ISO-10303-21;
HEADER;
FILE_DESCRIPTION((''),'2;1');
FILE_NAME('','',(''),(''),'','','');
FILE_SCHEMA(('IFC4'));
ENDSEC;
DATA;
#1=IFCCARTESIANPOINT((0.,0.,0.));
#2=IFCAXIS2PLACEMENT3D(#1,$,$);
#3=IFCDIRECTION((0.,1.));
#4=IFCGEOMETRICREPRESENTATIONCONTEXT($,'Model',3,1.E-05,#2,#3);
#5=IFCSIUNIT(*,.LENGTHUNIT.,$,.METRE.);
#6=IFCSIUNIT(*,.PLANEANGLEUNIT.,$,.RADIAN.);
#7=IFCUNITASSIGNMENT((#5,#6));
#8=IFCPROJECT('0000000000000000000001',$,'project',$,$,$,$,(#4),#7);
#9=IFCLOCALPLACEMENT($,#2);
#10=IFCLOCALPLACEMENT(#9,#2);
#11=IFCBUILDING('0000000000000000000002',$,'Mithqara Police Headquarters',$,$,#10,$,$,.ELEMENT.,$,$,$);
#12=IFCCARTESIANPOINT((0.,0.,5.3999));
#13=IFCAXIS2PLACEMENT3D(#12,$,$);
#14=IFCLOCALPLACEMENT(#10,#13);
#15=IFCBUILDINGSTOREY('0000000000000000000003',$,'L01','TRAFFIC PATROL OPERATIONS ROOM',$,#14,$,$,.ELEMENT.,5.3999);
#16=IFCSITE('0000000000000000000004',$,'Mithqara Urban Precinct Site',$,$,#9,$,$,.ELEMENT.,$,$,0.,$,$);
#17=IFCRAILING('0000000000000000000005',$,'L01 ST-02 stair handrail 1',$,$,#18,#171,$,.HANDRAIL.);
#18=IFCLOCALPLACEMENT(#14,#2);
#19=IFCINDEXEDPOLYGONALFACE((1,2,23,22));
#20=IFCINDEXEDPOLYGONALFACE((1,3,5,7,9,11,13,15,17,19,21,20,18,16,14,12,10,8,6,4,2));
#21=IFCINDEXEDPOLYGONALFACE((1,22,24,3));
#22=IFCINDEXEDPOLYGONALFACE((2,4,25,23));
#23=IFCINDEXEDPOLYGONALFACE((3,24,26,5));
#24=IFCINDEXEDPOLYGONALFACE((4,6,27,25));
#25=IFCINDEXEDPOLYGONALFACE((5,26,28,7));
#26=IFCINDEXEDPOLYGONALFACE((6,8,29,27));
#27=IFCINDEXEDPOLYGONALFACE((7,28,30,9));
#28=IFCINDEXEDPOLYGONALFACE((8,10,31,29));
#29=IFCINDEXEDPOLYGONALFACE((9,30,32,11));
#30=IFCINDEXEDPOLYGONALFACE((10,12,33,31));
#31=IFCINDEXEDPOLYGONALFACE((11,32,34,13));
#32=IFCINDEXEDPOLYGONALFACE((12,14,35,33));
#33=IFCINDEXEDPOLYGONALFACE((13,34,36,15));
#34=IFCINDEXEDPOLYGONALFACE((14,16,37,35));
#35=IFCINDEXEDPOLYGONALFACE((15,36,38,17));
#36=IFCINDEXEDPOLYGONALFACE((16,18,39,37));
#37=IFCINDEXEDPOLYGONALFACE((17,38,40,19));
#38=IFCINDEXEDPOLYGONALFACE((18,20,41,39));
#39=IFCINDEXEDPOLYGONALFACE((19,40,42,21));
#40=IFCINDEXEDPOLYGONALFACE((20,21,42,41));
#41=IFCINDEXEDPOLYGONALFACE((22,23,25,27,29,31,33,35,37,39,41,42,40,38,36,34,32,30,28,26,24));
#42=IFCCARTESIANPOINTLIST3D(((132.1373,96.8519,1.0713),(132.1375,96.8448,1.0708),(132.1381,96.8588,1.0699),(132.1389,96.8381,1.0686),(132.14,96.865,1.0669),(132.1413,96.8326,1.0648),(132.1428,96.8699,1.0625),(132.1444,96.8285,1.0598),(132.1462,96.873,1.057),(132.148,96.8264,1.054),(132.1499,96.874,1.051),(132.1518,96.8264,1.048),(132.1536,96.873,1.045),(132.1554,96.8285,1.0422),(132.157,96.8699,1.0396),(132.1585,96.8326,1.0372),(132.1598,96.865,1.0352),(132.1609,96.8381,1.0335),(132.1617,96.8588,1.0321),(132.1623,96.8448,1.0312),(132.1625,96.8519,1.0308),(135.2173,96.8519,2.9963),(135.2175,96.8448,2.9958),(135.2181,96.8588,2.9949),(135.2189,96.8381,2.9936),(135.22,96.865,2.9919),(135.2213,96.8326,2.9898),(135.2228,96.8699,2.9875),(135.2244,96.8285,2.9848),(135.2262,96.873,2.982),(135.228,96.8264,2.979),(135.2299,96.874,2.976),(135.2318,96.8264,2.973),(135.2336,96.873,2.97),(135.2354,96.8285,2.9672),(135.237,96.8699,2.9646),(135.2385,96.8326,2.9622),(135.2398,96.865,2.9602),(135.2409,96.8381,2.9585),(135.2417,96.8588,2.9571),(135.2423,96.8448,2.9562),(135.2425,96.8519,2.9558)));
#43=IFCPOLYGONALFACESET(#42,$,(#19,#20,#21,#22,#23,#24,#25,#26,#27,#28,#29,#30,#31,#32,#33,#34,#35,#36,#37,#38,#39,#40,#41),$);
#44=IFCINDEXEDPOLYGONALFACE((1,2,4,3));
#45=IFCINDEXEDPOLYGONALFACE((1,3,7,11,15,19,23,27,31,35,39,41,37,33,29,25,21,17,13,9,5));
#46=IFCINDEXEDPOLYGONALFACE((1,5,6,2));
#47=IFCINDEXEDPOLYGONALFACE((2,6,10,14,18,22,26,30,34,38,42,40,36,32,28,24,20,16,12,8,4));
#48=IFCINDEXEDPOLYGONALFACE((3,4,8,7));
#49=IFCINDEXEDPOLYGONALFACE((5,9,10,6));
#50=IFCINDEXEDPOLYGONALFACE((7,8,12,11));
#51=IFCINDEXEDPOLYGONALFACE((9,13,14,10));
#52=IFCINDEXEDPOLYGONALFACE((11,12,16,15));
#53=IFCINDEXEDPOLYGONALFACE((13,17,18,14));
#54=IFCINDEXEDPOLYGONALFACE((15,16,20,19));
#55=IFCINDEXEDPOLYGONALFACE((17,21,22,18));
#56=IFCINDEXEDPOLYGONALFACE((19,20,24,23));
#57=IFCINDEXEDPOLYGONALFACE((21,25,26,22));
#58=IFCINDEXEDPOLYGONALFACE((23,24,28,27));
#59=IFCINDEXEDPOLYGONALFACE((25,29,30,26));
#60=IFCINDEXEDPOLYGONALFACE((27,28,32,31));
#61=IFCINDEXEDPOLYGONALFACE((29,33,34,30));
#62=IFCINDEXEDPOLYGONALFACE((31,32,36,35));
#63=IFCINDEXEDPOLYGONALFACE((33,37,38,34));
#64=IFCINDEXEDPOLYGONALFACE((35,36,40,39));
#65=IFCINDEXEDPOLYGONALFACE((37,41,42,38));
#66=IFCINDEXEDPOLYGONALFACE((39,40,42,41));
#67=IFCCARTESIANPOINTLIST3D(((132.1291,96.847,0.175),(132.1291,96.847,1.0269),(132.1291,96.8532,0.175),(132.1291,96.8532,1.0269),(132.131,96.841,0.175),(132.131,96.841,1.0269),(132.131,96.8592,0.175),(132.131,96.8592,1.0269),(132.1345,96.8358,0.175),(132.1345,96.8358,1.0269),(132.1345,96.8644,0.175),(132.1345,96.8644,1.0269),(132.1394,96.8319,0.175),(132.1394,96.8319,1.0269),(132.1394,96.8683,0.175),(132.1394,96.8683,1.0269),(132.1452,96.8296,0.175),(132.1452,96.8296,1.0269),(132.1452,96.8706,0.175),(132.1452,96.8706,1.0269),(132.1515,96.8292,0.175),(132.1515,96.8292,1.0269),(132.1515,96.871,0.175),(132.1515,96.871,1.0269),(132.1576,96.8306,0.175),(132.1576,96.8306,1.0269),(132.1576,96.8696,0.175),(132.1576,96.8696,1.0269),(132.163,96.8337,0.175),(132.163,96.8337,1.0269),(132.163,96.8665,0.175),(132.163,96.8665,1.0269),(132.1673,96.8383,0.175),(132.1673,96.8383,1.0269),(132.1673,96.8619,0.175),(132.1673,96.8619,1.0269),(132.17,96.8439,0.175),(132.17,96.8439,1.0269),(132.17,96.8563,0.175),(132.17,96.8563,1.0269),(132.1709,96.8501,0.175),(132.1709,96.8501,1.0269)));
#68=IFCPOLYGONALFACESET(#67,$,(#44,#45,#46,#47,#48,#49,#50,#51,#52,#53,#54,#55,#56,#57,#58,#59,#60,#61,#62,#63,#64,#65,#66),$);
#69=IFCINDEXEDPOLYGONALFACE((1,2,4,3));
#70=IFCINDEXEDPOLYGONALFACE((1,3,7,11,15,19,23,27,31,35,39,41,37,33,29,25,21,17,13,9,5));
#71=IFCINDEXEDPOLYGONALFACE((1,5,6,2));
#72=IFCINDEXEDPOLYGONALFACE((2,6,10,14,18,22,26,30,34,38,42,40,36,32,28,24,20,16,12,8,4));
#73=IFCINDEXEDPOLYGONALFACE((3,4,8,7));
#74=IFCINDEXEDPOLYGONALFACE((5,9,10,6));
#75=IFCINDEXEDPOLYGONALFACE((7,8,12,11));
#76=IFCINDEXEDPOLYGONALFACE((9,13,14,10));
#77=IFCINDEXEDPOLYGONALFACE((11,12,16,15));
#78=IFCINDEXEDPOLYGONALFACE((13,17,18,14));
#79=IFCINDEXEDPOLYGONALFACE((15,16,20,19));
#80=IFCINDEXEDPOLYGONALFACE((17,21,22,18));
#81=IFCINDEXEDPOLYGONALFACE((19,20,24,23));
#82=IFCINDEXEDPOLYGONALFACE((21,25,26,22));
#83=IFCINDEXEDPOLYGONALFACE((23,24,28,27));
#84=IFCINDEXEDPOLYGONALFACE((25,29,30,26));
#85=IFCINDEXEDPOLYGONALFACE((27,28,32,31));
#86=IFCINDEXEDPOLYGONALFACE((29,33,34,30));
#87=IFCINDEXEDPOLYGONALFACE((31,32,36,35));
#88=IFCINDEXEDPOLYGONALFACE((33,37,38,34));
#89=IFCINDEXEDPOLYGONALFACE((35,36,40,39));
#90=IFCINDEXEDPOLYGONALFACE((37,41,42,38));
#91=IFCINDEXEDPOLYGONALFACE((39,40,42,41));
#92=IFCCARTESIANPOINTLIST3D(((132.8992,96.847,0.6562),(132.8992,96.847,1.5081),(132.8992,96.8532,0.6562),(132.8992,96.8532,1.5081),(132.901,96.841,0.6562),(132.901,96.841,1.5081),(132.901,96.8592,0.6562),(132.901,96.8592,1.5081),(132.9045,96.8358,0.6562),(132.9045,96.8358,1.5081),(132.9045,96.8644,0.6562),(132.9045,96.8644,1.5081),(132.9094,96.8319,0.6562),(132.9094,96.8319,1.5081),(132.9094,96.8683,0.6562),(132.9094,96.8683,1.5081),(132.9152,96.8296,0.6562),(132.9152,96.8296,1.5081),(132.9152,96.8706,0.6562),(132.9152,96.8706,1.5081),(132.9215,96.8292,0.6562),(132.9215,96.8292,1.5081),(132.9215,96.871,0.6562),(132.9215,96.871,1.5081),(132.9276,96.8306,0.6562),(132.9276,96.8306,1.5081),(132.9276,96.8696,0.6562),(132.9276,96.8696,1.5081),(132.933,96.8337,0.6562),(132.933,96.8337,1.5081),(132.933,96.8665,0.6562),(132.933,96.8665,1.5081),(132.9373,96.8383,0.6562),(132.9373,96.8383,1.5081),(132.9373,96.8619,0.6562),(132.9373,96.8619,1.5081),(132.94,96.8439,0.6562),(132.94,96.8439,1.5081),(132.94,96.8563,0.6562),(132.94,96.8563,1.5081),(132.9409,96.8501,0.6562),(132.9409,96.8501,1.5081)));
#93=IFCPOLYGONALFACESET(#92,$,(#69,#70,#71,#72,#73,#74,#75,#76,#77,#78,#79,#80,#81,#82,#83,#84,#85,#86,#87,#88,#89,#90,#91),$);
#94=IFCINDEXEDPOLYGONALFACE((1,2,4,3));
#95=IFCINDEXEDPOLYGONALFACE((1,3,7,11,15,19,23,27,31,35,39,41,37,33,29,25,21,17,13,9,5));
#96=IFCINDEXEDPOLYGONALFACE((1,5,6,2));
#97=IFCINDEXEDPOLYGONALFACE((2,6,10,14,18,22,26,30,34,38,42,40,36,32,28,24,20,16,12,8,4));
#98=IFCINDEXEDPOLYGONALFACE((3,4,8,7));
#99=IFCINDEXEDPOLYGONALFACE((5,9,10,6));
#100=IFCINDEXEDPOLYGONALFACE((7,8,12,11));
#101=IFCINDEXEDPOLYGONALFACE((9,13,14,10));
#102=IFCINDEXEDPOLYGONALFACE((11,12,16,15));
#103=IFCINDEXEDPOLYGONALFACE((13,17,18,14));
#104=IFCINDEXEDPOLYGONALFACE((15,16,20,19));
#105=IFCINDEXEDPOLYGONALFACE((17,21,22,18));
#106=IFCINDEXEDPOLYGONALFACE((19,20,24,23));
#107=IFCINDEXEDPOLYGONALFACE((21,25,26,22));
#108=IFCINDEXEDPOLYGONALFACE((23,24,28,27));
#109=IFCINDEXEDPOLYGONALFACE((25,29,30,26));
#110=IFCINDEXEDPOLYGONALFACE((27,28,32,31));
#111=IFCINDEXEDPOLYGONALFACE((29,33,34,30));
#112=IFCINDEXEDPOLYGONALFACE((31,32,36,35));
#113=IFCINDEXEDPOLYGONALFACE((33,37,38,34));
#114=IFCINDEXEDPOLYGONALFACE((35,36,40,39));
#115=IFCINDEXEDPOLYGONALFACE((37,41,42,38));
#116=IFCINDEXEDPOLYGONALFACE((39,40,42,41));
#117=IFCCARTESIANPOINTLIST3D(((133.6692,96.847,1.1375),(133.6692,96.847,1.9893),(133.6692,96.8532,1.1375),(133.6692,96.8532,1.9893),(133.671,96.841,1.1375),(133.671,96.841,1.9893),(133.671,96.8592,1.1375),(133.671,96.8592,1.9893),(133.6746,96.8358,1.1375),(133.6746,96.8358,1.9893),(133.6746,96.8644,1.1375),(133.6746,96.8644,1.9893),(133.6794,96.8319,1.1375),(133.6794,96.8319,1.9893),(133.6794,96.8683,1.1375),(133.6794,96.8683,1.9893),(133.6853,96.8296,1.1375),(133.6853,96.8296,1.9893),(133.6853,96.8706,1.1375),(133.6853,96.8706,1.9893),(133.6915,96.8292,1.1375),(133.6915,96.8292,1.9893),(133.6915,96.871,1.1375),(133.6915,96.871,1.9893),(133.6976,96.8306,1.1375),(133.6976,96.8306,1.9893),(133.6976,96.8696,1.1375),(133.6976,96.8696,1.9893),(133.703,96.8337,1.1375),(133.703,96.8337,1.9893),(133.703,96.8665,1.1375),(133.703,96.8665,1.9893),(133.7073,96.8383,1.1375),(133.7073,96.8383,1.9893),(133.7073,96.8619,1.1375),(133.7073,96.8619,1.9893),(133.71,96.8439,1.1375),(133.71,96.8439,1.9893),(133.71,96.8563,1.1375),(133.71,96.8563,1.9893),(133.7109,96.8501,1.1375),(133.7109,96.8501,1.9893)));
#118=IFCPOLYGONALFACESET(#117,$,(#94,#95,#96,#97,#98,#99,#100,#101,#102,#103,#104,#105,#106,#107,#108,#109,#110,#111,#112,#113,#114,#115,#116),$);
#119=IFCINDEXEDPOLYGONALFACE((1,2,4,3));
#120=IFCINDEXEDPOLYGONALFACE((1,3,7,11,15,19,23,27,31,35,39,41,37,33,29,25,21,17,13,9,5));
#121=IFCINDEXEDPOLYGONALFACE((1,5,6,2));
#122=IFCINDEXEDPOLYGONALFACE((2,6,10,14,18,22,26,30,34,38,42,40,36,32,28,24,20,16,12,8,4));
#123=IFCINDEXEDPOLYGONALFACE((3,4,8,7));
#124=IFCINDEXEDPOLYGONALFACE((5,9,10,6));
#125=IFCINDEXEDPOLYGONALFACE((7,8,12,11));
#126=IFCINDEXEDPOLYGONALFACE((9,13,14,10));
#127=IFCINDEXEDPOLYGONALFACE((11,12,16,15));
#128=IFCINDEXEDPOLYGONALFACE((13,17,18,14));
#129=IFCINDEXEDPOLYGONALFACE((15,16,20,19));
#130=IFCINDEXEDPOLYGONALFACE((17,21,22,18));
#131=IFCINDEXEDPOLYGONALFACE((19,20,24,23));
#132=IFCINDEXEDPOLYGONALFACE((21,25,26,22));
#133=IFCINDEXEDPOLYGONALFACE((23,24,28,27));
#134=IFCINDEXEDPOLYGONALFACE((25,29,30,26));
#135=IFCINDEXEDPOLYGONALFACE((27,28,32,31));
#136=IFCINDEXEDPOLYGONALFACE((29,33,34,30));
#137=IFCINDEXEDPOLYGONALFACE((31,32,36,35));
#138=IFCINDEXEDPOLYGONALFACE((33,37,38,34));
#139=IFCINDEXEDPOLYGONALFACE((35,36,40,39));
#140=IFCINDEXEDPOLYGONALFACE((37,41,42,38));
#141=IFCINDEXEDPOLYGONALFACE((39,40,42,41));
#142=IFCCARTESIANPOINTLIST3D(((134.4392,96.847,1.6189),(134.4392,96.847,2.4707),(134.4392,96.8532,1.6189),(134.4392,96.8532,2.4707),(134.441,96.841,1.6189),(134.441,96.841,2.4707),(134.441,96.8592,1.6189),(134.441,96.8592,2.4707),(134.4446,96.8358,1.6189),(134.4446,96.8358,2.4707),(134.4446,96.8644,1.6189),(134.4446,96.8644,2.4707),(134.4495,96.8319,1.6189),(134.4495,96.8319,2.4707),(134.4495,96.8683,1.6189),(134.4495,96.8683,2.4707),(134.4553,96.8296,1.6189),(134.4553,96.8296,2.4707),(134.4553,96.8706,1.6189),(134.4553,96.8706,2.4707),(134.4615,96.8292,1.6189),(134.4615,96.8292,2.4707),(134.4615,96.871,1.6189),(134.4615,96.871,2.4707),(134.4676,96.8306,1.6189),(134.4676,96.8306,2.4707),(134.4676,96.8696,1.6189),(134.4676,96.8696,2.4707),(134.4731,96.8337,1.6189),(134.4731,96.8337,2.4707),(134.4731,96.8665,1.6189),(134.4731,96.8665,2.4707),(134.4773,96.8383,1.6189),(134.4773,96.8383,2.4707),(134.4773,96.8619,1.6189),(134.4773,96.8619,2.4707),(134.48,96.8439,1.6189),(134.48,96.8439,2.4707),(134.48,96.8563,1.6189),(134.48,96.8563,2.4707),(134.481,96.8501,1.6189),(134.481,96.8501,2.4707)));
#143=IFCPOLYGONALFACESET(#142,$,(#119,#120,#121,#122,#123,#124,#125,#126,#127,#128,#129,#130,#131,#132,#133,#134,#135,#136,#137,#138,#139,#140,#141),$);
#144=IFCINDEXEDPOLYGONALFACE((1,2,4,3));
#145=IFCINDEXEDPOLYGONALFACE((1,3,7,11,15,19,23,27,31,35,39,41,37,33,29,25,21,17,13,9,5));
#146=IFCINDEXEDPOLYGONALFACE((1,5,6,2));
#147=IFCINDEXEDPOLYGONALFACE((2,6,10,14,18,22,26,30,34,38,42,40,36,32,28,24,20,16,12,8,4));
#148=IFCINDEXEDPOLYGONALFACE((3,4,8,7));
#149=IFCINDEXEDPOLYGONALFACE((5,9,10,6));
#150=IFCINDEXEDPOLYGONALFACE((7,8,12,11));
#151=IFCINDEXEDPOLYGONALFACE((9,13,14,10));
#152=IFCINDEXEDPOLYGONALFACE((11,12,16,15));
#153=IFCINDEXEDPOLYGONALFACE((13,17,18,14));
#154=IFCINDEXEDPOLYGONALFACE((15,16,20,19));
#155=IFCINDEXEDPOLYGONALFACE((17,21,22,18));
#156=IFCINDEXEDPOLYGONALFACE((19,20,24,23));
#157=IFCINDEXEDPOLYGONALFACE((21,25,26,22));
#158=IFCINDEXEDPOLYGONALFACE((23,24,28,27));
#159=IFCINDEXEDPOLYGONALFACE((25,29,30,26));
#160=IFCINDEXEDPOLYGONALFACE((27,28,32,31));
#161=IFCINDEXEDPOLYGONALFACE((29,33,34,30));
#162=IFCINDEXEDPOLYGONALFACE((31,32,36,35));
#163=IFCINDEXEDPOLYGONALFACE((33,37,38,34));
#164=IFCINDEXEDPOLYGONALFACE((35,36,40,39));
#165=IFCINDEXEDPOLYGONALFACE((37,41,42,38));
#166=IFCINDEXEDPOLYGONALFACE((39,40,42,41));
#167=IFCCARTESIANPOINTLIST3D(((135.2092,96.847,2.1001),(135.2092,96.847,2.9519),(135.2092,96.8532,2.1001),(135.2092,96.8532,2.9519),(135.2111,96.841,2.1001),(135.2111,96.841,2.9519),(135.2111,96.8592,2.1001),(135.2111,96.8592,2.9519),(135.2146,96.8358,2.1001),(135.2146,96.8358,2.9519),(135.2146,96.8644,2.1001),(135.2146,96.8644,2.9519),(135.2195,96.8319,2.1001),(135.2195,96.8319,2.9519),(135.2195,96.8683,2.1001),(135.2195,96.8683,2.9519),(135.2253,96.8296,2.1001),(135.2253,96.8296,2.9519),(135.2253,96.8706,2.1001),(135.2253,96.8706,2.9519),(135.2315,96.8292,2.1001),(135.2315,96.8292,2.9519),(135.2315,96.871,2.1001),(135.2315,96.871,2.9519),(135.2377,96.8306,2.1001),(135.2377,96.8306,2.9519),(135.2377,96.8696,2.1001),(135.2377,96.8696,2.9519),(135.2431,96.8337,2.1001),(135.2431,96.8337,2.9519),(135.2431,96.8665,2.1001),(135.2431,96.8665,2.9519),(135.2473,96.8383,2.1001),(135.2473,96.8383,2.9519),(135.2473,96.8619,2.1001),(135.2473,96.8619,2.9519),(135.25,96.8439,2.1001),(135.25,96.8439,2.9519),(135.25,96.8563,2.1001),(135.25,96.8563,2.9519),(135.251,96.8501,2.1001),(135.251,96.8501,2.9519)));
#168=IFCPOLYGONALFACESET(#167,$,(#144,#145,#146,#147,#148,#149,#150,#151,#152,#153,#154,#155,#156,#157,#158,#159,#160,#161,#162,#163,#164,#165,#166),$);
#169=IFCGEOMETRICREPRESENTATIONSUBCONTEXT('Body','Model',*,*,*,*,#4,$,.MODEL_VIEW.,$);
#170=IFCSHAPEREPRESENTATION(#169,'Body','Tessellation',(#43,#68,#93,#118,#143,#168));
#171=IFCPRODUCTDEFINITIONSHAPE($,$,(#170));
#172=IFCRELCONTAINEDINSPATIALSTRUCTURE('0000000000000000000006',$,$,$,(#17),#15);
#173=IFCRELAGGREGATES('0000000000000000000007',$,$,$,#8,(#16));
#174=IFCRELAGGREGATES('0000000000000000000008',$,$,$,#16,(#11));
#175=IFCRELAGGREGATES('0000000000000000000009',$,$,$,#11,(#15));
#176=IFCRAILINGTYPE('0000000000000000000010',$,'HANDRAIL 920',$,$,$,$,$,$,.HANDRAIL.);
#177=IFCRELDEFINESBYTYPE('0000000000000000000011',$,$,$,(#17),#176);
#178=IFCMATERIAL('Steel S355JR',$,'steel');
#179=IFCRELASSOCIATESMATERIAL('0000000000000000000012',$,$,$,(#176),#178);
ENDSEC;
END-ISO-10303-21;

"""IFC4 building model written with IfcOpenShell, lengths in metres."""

from ifc_helpers import new_model, si_unit, direction, frame, origin, origin_2d, place, context, subcontext, project, spatial, circle, extrude, material, type_object, element, save


model = new_model("IFC4")

# Units and contexts
model_context = context("Model", 3, precision=1e-05, world=origin(), true_north=direction((0.0, 1.0)))
body_context = subcontext(model_context, "Body", "Model", "MODEL_VIEW")
ifc_project = project(units=[si_unit("LENGTHUNIT", "METRE"), si_unit("PLANEANGLEUNIT", "RADIAN")], contexts=[model_context])

# Site, building, storey
site_placement = place(None, origin())
site = spatial("IfcSite", under=ifc_project, at=site_placement, Name="Mithqara Urban Precinct Site", CompositionType="ELEMENT", RefElevation=0.0)
building_placement = place(site_placement, origin())
building = spatial("IfcBuilding", under=site, at=building_placement, Name="Mithqara Police Headquarters", CompositionType="ELEMENT")
storey_placement = place(building_placement, frame((0.0, 0.0, 5.3999)))
storey = spatial("IfcBuildingStorey", under=building, at=storey_placement, Name="L01", Description="TRAFFIC PATROL OPERATIONS ROOM", CompositionType="ELEMENT", Elevation=5.3999)

# Shared definitions
ifc_material_1 = material(Name="Steel S355JR", Category="steel")

# Railing
railing_type = type_object("IfcRailingType", Name="HANDRAIL 920", PredefinedType="HANDRAIL", material=ifc_material_1)
railing_placement = place(storey_placement, frame((132.1499, 96.8501, 0.175)))
element("IfcRailing", 1, at=railing_placement, inside=storey, type_object=railing_type, Name="L01 ST-02 stair handrail 1", PredefinedType="HANDRAIL", context=body_context, shape_type="SweptSolid", body=[
    extrude(circle(Radius=0.0239, at=origin_2d()), frame((0.0, 0.0, 0.876), z_axis=(0.847998, 0.0, 0.529999), x_axis=(0.0, 1.0, 0.0)), (0.0, 0.0, 1.0), 3.6321),
    extrude(circle(Radius=0.021, at=origin_2d()), origin(), (0.0, 0.0, 1.0), 0.8518),
    extrude(circle(Radius=0.021, at=origin_2d()), frame((0.77, 0.0, 0.4812)), (0.0, 0.0, 1.0), 0.8518),
    extrude(circle(Radius=0.021, at=origin_2d()), frame((1.54, 0.0, 0.9624)), (0.0, 0.0, 1.0), 0.8518),
    extrude(circle(Radius=0.021, at=origin_2d()), frame((2.3101, 0.0, 1.4438)), (0.0, 0.0, 1.0), 0.8518),
    extrude(circle(Radius=0.021, at=origin_2d()), frame((3.0801, 0.0, 1.925)), (0.0, 0.0, 1.0), 0.8518),
])

save(model, "model.ifc")
